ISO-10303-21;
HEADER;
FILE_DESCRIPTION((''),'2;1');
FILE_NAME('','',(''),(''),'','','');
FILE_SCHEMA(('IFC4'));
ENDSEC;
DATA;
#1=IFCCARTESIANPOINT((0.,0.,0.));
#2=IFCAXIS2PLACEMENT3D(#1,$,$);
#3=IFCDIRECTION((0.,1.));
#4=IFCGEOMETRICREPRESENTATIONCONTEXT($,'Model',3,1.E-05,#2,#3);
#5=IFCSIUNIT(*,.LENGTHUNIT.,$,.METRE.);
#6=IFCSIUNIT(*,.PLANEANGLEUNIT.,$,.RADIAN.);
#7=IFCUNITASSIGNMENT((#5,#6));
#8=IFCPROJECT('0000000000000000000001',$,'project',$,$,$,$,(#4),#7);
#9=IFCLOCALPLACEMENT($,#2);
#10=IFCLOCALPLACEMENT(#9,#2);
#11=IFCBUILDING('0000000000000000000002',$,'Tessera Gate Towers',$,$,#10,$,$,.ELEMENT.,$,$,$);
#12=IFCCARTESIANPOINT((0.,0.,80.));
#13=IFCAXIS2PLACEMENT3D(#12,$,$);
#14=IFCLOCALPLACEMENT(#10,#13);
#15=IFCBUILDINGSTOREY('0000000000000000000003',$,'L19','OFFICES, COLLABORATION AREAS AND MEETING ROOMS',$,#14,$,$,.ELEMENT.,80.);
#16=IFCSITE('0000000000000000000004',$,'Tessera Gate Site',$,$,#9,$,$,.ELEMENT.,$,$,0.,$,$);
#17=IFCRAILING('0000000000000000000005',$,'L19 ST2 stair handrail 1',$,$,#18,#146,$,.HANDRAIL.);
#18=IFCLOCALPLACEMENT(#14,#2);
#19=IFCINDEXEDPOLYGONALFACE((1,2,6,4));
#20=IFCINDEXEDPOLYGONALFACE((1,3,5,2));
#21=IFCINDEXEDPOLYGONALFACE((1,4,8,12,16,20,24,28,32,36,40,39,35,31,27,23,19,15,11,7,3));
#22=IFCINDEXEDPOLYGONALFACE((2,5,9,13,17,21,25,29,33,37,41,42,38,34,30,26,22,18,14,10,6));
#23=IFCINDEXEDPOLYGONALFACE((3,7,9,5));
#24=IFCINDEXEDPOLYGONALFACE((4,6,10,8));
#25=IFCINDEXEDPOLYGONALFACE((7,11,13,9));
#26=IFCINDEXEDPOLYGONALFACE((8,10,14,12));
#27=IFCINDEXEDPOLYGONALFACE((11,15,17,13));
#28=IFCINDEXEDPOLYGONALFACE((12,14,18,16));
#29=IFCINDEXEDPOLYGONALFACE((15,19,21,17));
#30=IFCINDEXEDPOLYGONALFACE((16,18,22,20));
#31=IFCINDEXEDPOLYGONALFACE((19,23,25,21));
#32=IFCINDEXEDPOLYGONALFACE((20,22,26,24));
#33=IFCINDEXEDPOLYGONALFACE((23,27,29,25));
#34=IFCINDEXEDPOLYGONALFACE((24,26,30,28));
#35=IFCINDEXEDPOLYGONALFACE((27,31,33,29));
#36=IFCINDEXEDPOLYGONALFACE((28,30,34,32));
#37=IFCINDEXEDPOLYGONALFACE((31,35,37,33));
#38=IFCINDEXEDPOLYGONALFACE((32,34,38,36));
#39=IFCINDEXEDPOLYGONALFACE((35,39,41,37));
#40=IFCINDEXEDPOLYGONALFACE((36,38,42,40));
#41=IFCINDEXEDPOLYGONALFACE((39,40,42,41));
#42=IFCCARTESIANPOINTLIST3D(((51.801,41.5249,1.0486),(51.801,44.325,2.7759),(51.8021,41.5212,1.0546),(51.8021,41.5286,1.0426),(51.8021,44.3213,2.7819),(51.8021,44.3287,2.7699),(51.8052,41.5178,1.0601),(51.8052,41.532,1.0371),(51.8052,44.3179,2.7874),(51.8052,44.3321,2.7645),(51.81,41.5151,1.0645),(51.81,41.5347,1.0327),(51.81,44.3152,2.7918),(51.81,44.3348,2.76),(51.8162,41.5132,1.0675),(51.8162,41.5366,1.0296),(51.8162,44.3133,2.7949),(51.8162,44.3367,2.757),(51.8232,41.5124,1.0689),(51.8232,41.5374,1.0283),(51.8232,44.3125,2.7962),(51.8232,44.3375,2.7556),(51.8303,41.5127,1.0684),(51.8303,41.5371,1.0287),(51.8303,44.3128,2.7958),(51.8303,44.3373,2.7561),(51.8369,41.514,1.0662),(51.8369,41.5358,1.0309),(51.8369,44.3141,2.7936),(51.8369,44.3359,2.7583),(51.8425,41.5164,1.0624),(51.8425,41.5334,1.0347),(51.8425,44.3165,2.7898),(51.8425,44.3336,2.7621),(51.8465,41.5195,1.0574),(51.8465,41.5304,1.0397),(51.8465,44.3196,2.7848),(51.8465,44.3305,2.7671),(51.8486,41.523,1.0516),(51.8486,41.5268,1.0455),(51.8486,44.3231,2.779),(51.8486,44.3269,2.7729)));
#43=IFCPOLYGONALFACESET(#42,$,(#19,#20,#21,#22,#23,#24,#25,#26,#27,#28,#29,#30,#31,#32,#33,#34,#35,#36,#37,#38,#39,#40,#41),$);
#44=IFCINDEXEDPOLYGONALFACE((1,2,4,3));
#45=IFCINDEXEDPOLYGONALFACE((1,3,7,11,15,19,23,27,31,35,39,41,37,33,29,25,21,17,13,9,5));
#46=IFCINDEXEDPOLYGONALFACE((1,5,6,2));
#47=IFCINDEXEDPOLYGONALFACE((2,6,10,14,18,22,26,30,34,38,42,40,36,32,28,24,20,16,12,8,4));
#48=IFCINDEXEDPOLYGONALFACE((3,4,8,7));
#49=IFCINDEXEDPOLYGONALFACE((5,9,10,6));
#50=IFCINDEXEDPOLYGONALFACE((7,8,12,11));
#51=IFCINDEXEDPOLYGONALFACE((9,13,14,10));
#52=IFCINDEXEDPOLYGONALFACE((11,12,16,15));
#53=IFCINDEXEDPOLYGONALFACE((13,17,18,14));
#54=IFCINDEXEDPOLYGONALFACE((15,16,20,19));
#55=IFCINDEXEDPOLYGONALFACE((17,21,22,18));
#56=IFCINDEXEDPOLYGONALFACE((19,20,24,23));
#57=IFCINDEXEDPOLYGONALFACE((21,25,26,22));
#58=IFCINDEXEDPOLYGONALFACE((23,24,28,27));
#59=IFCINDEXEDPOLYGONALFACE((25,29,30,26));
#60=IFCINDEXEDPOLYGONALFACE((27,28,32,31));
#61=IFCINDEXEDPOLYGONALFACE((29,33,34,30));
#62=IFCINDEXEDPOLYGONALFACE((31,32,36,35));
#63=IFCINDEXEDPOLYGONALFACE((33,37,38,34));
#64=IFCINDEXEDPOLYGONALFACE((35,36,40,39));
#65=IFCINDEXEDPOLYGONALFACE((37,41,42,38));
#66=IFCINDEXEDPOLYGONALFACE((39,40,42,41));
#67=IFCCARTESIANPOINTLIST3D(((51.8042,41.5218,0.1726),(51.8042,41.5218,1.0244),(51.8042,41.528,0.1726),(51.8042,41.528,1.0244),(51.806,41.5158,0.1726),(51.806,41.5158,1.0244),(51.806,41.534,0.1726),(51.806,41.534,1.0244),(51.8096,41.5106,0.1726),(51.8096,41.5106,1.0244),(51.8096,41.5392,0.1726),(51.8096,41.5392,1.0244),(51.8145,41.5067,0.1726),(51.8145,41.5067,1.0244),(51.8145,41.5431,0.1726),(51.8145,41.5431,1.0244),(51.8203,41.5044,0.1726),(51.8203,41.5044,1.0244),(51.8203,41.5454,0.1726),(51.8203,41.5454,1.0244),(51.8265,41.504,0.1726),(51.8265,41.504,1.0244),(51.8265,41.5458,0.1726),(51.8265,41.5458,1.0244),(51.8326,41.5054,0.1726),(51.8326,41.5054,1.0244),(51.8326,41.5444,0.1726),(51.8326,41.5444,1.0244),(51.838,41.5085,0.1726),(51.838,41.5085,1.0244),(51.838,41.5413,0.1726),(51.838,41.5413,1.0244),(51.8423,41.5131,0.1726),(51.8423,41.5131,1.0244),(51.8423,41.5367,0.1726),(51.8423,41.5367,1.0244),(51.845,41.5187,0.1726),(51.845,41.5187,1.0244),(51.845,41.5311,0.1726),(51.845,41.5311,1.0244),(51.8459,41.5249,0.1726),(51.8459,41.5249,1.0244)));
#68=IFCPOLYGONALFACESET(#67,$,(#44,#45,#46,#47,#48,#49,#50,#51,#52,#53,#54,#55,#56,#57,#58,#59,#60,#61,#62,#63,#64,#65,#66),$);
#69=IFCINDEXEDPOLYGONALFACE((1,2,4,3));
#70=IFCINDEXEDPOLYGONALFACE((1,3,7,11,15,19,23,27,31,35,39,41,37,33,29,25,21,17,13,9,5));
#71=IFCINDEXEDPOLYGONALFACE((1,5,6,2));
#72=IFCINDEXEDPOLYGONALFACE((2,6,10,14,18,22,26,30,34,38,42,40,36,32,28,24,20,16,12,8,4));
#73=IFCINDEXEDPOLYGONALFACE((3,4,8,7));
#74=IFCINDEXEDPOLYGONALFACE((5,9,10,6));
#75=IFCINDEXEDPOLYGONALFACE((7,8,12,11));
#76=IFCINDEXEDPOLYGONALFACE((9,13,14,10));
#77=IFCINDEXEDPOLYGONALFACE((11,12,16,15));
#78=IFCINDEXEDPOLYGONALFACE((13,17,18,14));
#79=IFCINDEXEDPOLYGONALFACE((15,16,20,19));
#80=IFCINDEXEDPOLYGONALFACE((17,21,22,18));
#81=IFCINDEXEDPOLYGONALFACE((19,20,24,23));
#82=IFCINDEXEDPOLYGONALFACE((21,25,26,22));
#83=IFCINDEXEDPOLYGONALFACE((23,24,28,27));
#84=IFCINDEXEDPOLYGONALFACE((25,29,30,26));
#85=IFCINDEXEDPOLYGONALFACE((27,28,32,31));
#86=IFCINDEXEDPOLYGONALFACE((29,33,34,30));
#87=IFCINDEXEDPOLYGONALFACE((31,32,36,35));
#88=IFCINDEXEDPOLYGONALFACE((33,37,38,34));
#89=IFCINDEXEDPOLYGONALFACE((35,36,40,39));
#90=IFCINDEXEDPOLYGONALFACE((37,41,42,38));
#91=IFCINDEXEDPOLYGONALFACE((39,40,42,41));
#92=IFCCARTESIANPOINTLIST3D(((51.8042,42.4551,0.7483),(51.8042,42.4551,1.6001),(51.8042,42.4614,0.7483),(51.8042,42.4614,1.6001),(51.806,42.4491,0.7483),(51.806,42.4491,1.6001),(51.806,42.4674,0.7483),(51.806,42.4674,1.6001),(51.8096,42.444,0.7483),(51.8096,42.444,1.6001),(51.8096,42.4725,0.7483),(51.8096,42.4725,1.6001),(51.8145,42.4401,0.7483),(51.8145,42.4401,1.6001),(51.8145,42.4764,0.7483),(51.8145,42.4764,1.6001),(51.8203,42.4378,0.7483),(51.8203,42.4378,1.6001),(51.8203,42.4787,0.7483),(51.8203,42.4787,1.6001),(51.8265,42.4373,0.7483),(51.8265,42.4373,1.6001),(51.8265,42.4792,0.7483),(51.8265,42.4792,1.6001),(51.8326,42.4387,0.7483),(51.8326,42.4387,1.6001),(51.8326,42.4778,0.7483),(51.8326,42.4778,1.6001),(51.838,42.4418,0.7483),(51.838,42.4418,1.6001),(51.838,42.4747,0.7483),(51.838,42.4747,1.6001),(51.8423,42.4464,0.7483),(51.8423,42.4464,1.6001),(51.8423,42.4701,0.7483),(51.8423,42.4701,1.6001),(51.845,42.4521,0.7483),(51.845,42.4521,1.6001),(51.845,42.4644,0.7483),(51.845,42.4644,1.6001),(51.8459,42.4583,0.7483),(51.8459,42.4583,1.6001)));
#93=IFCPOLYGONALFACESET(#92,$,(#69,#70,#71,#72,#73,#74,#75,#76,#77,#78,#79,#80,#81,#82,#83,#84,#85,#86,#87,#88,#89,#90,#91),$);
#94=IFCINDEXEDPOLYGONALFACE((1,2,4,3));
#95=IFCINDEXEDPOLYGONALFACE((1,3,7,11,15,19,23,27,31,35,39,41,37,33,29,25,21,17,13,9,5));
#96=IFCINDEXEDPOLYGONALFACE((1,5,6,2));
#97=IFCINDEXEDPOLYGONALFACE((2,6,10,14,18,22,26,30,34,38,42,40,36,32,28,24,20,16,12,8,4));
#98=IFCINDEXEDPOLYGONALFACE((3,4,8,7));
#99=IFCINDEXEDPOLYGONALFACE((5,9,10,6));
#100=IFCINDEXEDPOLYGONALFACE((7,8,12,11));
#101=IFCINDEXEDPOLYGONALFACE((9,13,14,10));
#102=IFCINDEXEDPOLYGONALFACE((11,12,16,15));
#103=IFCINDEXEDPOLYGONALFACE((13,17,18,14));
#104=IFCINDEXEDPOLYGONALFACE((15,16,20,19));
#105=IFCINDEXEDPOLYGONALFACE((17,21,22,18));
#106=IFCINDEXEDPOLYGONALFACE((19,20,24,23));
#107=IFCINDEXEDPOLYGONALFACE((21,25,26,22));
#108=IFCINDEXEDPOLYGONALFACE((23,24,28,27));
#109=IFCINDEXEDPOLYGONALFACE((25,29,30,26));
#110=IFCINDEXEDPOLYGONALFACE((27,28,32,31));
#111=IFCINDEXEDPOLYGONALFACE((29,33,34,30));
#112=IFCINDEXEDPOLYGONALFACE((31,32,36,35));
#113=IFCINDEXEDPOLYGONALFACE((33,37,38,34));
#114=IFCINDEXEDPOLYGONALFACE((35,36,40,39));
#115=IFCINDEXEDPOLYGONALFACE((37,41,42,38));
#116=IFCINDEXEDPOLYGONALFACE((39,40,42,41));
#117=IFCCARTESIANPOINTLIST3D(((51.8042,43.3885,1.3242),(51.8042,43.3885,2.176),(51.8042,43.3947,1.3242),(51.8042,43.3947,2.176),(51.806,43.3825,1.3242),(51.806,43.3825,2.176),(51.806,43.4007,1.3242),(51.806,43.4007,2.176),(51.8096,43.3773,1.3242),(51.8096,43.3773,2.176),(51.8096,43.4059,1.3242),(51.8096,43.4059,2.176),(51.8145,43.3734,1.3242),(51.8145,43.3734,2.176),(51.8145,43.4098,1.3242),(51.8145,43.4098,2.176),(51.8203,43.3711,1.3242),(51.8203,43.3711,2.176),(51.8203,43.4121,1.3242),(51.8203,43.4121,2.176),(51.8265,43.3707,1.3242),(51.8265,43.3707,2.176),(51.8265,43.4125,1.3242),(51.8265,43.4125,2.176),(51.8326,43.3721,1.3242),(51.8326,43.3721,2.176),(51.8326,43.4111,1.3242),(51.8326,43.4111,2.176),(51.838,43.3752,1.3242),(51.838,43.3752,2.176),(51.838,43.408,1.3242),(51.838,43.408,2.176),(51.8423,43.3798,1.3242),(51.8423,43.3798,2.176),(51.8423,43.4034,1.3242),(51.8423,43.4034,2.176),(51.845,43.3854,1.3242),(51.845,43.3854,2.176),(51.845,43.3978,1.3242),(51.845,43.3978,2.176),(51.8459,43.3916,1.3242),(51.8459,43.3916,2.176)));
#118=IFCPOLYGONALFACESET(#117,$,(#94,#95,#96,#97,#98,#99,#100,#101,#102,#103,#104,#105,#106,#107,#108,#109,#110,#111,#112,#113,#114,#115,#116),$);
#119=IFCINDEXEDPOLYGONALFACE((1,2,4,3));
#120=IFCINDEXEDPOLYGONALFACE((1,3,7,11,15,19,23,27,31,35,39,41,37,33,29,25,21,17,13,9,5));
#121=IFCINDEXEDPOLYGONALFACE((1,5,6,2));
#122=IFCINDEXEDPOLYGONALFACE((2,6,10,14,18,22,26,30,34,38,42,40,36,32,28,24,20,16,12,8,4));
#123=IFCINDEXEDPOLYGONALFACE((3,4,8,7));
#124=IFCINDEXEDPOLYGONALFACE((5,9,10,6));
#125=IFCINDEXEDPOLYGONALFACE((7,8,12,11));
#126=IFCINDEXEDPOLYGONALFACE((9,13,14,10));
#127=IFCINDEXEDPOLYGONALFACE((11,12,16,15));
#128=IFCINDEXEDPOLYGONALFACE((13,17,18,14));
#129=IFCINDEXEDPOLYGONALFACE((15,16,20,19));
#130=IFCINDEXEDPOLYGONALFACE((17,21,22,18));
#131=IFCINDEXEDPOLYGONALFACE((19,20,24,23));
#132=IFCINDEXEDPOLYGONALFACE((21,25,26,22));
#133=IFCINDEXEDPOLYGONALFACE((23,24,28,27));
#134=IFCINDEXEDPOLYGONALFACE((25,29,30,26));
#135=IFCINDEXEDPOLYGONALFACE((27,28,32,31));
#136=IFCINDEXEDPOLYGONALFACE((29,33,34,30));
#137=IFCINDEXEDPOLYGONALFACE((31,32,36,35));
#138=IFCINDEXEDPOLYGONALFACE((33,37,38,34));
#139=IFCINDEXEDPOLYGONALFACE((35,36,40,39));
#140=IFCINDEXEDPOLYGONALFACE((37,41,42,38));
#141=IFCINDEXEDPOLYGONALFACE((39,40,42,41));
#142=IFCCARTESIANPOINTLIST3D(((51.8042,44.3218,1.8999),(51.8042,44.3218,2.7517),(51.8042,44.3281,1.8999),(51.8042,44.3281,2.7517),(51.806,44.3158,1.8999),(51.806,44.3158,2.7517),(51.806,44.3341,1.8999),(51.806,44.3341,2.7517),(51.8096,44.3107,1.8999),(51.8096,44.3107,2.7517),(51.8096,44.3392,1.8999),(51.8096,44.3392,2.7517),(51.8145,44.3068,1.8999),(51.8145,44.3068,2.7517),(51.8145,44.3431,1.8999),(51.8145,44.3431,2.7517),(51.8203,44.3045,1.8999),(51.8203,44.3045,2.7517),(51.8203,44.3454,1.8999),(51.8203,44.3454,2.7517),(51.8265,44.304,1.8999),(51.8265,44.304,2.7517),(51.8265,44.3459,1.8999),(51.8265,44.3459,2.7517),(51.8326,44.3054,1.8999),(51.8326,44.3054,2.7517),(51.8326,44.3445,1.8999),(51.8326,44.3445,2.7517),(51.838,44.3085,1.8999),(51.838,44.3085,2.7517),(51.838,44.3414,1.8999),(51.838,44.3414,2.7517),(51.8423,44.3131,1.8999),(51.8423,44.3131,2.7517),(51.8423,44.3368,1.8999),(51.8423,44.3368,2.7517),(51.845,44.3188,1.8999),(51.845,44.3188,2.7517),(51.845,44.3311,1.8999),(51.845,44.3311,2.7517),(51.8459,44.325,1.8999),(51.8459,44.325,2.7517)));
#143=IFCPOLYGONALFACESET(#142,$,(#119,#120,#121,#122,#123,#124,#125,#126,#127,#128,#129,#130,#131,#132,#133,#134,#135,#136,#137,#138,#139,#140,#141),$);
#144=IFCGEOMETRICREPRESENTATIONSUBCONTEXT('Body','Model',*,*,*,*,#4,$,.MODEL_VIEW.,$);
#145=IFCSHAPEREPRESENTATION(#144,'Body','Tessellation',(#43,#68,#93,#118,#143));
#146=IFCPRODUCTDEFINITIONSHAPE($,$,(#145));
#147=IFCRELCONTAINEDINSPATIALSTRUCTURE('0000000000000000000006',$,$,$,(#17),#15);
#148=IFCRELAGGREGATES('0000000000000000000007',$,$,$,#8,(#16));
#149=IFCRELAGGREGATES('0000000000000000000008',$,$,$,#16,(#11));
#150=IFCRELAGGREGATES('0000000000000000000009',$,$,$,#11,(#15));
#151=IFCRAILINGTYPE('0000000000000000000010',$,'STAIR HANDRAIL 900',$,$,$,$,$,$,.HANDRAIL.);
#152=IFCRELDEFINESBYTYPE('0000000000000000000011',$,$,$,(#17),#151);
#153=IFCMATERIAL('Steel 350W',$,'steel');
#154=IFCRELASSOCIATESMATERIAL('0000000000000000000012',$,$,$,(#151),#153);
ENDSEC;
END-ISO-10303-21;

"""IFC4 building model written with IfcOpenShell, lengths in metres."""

from ifc_helpers import new_model, si_unit, direction, frame, origin, origin_2d, place, context, subcontext, project, spatial, circle, extrude, material, type_object, element, save


model = new_model("IFC4")

# Units and contexts
model_context = context("Model", 3, precision=1e-05, world=origin(), true_north=direction((0.0, 1.0)))
body_context = subcontext(model_context, "Body", "Model", "MODEL_VIEW")
ifc_project = project(units=[si_unit("LENGTHUNIT", "METRE"), si_unit("PLANEANGLEUNIT", "RADIAN")], contexts=[model_context])

# Site, building, storey
site_placement = place(None, origin())
site = spatial("IfcSite", under=ifc_project, at=site_placement, Name="Tessera Gate Site", CompositionType="ELEMENT", RefElevation=0.0)
building_placement = place(site_placement, origin())
building = spatial("IfcBuilding", under=site, at=building_placement, Name="Tessera Gate Towers", CompositionType="ELEMENT")
storey_placement = place(building_placement, frame((0.0, 0.0, 80.0)))
storey = spatial("IfcBuildingStorey", under=building, at=storey_placement, Name="L19", Description="OFFICES, COLLABORATION AREAS AND MEETING ROOMS", CompositionType="ELEMENT", Elevation=80.0)

# Railing
ifc_material_1 = material(Name="Steel 350W", Category="steel")
railing_type_1 = type_object("IfcRailingType", Name="STAIR HANDRAIL 900", PredefinedType="HANDRAIL", material=ifc_material_1)
for number, where, name in (
    (1, (51.825, 41.5249, 0.1726), "L19 ST2 stair handrail 1"),
):
    element("IfcRailing", number, at=place(storey_placement, frame(where)), inside=storey, type_object=railing_type_1, Name=name, PredefinedType="HANDRAIL", context=body_context, shape_type="SweptSolid", body=[
        extrude(circle(Radius=0.0239, at=origin_2d()), frame((0.0, 0.0, 0.876), z_axis=(0.0, 0.85109, 0.52502), x_axis=(-1.0, 0.0, 0.0)), (0.0, 0.0, 1.0), 3.29),
        extrude(circle(Radius=0.021, at=origin_2d()), origin(), (0.0, 0.0, 1.0), 0.8518),
        extrude(circle(Radius=0.021, at=origin_2d()), frame((0.0, 0.9333, 0.5757)), (0.0, 0.0, 1.0), 0.8518),
        extrude(circle(Radius=0.021, at=origin_2d()), frame((0.0, 1.8667, 1.1516)), (0.0, 0.0, 1.0), 0.8518),
        extrude(circle(Radius=0.021, at=origin_2d()), frame((0.0, 2.8, 1.7273)), (0.0, 0.0, 1.0), 0.8518),
    ])

save(model, "model.ifc")
